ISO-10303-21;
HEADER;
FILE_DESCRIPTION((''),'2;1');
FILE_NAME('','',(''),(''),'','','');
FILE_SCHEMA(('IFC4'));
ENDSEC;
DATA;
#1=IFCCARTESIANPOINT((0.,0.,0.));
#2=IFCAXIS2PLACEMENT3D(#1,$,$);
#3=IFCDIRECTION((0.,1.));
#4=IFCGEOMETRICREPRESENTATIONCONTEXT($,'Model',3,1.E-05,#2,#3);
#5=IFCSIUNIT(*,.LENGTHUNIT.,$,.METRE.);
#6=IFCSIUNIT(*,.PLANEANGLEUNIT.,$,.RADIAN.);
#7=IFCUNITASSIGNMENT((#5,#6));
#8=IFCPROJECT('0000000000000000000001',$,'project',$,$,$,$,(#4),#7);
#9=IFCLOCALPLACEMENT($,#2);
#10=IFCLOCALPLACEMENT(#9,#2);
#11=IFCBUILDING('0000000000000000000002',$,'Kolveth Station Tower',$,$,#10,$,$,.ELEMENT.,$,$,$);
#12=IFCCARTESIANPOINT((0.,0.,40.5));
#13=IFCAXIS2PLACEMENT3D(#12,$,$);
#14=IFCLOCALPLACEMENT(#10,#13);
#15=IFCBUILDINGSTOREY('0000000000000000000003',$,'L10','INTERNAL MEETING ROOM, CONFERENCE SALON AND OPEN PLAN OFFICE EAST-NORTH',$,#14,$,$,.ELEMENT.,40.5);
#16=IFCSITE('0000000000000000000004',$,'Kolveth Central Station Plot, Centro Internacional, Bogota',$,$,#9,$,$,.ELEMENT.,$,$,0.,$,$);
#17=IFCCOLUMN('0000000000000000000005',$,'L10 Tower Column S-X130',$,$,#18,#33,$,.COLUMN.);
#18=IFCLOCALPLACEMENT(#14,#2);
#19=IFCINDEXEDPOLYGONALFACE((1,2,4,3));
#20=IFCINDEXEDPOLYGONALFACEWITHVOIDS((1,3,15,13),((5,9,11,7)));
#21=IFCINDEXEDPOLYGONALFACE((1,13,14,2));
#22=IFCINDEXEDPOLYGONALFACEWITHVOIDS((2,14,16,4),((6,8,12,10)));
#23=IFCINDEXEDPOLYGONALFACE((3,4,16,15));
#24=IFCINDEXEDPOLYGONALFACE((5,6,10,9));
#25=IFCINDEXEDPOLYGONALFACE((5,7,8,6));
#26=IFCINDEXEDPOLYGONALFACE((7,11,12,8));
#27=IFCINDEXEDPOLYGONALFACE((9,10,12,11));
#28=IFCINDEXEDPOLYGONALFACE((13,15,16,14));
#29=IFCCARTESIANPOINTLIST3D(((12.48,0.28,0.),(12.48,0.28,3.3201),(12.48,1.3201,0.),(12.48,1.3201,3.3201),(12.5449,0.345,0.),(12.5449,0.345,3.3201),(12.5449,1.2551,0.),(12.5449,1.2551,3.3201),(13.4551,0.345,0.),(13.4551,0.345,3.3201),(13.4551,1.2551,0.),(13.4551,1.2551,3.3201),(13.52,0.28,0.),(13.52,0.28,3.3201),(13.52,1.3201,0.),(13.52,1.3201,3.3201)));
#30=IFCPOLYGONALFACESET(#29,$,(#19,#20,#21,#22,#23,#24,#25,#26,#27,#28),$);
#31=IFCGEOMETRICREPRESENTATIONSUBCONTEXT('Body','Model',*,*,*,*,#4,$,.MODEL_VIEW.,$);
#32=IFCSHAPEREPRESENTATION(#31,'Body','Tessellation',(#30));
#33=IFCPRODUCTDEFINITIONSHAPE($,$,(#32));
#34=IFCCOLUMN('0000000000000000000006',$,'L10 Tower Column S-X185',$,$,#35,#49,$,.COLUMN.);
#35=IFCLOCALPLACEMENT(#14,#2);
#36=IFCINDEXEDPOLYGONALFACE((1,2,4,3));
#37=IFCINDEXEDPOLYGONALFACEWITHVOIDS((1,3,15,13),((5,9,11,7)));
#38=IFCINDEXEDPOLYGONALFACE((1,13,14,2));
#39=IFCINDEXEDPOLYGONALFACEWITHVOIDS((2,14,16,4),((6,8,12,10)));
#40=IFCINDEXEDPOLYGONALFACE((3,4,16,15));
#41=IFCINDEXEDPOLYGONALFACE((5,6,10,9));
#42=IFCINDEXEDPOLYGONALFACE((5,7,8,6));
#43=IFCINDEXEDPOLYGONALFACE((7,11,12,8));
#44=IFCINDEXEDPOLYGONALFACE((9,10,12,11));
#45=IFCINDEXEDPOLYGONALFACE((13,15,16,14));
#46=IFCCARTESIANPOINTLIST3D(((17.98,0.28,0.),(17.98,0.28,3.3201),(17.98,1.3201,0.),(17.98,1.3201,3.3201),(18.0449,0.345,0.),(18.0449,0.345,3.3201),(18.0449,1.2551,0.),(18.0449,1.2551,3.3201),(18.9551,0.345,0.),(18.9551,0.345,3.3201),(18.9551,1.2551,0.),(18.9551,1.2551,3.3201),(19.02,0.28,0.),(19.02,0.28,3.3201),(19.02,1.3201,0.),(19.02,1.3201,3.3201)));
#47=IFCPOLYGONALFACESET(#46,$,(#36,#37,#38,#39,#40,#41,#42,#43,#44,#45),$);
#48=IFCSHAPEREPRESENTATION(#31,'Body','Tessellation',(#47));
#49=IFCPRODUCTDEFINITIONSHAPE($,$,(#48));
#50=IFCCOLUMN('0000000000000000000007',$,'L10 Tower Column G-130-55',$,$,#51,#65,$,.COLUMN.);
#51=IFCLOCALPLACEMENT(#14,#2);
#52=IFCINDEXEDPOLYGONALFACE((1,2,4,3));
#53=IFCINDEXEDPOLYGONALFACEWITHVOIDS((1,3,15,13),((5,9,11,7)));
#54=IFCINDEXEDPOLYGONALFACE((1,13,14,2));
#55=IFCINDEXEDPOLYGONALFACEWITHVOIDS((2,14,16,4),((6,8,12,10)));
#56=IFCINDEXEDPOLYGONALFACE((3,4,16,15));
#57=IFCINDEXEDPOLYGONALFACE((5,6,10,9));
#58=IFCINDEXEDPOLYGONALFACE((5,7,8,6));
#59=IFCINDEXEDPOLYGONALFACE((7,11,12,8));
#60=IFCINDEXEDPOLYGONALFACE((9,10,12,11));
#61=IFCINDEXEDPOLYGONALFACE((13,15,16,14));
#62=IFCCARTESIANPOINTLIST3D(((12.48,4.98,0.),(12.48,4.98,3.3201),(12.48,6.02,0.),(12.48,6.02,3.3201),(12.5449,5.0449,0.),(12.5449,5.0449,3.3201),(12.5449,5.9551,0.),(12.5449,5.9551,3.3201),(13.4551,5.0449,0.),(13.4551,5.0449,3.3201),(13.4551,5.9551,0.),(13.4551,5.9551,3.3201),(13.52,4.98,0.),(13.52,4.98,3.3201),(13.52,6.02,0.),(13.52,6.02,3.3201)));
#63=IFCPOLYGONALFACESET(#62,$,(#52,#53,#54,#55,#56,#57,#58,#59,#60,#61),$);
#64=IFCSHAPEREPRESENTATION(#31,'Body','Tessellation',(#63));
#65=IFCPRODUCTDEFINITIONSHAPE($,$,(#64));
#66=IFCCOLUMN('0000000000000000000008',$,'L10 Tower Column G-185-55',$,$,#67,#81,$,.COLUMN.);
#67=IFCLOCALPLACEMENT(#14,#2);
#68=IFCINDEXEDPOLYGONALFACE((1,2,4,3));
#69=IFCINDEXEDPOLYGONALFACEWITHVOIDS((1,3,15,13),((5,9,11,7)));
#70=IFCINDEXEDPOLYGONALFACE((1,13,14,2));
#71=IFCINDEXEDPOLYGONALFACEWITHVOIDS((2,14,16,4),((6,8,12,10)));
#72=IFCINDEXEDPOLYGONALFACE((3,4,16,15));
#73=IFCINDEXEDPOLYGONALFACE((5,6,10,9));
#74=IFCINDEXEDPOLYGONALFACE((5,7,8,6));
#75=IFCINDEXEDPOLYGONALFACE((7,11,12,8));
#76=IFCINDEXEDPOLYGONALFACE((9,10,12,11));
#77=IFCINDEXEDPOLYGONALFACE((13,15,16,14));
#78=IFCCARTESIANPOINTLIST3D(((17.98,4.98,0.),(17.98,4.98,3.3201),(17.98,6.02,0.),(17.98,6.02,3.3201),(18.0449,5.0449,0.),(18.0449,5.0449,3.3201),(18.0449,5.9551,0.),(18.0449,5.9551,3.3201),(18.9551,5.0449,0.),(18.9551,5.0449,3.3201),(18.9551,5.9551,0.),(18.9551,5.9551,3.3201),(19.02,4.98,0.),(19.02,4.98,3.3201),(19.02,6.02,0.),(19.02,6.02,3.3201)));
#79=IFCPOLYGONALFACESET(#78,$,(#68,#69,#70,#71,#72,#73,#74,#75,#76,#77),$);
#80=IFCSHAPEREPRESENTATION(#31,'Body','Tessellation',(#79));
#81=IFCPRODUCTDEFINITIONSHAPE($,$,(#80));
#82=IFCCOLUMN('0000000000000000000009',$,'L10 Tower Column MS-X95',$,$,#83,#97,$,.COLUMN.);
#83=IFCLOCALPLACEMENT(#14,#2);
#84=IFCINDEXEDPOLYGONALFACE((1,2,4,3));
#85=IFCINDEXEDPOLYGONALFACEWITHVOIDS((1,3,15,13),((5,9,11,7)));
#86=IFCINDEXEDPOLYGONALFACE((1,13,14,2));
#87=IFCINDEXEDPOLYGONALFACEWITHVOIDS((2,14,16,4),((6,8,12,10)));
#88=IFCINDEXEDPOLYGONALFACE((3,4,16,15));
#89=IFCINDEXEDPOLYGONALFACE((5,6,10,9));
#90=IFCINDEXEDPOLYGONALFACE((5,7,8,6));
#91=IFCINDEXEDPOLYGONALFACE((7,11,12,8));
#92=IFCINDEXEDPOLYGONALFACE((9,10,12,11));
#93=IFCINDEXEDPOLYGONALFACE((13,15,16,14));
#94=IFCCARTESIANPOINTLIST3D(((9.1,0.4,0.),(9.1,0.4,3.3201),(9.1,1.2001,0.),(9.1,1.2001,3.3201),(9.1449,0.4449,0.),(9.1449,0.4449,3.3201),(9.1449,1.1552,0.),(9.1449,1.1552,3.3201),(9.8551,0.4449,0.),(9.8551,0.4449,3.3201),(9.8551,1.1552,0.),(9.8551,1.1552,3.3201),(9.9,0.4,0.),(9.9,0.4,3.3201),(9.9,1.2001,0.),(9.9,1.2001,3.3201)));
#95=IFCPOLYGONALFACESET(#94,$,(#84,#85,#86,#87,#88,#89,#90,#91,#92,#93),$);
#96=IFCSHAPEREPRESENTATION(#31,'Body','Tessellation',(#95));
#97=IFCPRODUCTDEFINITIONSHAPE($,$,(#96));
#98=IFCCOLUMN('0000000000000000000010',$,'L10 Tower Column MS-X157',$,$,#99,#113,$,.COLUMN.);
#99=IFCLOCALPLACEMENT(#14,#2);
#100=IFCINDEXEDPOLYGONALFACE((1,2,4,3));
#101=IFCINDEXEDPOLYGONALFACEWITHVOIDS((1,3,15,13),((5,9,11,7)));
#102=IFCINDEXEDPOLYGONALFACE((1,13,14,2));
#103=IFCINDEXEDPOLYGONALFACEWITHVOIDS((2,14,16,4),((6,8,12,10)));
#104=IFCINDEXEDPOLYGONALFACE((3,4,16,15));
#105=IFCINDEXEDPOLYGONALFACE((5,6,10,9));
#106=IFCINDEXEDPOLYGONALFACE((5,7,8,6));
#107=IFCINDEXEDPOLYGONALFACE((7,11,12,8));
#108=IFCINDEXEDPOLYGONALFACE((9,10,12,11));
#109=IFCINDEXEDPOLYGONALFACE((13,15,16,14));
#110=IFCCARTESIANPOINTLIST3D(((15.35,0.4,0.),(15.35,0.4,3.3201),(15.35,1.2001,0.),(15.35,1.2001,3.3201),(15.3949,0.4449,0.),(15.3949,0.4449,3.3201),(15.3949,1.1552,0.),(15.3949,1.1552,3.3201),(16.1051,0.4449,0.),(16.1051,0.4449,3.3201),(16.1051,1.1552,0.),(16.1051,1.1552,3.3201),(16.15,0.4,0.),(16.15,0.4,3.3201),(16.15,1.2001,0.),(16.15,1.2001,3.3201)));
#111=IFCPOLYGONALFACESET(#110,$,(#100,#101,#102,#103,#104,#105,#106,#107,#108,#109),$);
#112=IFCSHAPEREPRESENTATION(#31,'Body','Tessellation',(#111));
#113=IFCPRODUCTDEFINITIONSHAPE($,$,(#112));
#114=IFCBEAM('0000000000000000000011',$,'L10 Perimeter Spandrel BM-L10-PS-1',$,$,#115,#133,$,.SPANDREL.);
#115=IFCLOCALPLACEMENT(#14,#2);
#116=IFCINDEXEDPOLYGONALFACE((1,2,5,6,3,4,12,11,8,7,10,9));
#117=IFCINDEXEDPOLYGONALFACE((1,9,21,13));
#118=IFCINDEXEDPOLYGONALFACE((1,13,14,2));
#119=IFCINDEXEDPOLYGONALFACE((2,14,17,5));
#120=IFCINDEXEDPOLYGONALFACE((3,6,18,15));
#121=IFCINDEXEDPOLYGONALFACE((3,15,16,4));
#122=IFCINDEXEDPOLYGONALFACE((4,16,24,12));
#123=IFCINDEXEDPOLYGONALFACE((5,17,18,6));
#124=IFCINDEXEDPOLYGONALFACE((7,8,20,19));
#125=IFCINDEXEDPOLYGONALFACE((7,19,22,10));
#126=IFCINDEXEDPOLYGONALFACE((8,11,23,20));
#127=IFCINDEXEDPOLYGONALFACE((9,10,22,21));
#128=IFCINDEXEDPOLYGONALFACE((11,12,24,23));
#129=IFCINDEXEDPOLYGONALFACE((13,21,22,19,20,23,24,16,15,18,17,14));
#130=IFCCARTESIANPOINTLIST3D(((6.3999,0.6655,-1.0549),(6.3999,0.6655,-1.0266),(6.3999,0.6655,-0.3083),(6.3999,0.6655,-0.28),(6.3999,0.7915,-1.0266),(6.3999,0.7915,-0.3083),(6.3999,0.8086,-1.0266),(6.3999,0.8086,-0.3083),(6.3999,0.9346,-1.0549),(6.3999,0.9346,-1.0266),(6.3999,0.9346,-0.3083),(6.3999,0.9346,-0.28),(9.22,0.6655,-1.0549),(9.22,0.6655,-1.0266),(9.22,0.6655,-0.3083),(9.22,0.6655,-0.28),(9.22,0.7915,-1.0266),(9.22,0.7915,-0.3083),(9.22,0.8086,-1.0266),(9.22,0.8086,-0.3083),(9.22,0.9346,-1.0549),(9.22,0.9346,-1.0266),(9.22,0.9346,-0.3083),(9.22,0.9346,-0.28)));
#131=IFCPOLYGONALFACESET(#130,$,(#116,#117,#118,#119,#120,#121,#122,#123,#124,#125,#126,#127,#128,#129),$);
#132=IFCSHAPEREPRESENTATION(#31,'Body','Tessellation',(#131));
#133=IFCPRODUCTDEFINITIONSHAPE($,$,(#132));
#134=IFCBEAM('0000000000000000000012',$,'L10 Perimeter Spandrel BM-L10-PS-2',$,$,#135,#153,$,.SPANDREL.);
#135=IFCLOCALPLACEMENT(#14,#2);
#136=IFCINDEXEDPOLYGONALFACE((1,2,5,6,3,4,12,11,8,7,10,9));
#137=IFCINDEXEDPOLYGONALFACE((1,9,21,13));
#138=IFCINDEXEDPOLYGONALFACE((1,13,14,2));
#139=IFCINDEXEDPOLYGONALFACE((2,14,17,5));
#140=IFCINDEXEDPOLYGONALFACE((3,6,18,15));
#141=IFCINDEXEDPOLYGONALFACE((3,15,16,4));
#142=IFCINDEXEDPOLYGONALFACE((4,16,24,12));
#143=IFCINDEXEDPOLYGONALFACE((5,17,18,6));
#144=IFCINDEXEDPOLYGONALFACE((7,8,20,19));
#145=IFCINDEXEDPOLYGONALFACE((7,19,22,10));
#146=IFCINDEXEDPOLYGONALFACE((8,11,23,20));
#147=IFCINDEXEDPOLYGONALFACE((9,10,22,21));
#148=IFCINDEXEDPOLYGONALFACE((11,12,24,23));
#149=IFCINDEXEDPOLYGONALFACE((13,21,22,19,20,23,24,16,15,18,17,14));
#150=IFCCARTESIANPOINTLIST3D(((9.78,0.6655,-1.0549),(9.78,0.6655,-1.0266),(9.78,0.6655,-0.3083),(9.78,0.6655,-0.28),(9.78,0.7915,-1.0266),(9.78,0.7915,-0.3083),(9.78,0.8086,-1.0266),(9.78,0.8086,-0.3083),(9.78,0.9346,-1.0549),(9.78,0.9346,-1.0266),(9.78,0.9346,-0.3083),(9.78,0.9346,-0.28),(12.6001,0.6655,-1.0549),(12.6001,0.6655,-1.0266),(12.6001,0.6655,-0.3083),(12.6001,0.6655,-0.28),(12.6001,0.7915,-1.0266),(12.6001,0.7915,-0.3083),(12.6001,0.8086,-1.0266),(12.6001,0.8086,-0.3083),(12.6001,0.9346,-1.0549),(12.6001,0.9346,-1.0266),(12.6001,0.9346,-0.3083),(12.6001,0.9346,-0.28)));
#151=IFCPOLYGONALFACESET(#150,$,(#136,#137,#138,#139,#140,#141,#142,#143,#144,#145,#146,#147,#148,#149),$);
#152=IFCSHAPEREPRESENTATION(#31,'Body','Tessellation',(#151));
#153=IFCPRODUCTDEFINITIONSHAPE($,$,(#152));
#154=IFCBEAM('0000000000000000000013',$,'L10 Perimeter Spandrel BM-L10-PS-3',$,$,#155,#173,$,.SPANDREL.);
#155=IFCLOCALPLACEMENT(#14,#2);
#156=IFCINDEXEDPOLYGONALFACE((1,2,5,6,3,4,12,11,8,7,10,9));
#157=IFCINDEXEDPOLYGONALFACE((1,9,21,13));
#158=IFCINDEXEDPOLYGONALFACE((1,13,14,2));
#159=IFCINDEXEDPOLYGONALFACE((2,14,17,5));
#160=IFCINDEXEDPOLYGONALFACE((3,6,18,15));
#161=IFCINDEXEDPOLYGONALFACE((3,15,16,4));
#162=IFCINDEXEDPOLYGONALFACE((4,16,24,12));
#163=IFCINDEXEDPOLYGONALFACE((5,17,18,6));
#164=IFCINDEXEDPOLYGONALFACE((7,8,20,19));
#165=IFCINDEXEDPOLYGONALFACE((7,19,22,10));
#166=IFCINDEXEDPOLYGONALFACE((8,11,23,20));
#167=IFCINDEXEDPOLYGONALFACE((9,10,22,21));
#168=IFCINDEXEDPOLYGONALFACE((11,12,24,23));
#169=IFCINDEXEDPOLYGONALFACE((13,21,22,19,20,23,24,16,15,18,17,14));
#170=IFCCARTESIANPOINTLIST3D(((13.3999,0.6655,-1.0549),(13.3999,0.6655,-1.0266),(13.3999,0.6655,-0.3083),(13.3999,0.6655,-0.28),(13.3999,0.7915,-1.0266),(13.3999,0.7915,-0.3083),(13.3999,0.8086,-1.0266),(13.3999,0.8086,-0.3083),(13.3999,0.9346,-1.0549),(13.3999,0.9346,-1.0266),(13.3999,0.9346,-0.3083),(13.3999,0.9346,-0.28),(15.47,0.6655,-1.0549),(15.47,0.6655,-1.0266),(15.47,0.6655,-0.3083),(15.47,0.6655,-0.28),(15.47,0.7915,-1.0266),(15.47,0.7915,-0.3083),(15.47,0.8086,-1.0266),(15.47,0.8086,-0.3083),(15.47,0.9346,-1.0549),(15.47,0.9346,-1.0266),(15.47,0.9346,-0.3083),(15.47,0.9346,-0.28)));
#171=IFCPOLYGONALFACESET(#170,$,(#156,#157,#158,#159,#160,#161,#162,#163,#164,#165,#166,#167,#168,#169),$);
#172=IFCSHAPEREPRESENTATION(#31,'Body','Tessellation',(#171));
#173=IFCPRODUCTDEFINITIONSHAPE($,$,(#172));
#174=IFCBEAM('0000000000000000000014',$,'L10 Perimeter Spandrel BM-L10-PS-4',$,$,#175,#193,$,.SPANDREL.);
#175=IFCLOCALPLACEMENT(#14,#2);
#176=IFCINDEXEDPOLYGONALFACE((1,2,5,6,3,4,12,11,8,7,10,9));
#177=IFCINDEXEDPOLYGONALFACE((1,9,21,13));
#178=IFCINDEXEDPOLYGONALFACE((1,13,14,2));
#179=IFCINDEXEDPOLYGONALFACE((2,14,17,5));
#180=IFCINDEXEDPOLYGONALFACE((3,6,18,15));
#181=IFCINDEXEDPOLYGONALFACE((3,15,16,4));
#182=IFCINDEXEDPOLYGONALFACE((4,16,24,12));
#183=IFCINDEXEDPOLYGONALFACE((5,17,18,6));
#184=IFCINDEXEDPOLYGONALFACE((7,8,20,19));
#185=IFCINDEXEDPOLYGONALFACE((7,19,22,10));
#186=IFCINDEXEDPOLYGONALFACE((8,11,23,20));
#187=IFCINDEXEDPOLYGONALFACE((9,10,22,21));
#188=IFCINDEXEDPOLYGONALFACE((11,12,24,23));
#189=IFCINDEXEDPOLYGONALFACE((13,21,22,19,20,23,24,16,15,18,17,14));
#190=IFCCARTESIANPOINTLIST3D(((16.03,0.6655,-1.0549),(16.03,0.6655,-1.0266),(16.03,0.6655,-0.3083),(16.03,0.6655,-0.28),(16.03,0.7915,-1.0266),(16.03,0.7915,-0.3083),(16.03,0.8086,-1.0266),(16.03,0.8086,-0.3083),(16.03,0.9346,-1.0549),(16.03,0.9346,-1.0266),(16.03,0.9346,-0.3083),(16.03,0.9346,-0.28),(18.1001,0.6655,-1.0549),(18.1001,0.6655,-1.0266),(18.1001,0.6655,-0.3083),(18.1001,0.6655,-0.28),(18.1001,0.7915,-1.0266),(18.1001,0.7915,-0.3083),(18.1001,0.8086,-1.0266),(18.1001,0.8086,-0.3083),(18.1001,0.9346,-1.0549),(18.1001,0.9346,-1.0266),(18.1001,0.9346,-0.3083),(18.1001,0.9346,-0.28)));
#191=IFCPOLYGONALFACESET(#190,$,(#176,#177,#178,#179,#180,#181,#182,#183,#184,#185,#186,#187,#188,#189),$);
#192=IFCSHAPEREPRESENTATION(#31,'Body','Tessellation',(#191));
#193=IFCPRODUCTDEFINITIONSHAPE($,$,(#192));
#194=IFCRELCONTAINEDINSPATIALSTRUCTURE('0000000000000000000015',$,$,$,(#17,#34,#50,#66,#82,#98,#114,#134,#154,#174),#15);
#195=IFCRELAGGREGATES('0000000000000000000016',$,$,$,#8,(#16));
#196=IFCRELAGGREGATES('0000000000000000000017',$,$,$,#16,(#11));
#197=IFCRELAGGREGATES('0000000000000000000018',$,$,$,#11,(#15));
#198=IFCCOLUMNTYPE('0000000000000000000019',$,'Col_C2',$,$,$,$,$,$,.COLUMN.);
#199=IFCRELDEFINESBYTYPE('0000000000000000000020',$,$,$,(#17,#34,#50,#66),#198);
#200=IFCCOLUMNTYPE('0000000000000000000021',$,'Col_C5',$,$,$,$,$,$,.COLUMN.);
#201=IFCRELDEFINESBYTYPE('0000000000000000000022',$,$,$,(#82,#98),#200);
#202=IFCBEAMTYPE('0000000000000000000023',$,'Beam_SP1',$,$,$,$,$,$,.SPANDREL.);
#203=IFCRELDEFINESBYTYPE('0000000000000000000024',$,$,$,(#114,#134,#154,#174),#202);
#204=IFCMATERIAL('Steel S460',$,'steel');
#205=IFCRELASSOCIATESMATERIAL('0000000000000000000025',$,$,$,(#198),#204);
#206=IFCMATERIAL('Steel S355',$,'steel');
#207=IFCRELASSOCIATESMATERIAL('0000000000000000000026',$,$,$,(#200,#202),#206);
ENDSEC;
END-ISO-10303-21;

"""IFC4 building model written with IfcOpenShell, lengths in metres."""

from ifc_helpers import new_model, si_unit, direction, frame, origin, origin_2d, place, context, subcontext, project, spatial, hollow_rectangle, i_section, extrude, source, transform, mapped, material, material_profile, profile_set, type_object, element, save


model = new_model("IFC4")

# Units and contexts
model_context = context("Model", 3, precision=1e-05, world=origin(), true_north=direction((0.0, 1.0)))
body_context = subcontext(model_context, "Body", "Model", "MODEL_VIEW")
ifc_project = project(units=[si_unit("LENGTHUNIT", "METRE"), si_unit("PLANEANGLEUNIT", "RADIAN")], contexts=[model_context])

# Site, building, storey
site_placement = place(None, origin())
site = spatial("IfcSite", under=ifc_project, at=site_placement, Name="Kolveth Central Station Plot, Centro Internacional, Bogota", CompositionType="ELEMENT", RefElevation=0.0)
building_placement = place(site_placement, origin())
building = spatial("IfcBuilding", under=site, at=building_placement, Name="Kolveth Station Tower", CompositionType="ELEMENT")
storey_placement = place(building_placement, frame((0.0, 0.0, 40.5)))
storey = spatial("IfcBuildingStorey", under=building, at=storey_placement, Name="L10", Description="INTERNAL MEETING ROOM, CONFERENCE SALON AND OPEN PLAN OFFICE EAST-NORTH", CompositionType="ELEMENT", Elevation=40.5)

# Columns
ifc_material_1 = material(Name="Steel S460", Category="steel")
ifc_material_profile_1 = material_profile(ifc_material_1, hollow_rectangle(XDim=1.04, YDim=1.04, WallThickness=0.0649, at=origin_2d()), Name="BOX1040x1040x65")
ifc_profile_set_1 = profile_set([ifc_material_profile_1], Name="Steel S460")
column_type_1 = type_object("IfcColumnType", Name="Col_C2", PredefinedType="COLUMN", material=ifc_profile_set_1)
shared_shape_1 = source(origin(), body_context, "Body", "SweptSolid", [
    extrude(hollow_rectangle(XDim=1.04, YDim=1.04, WallThickness=0.0649, at=origin_2d()), origin(), (0.0, 0.0, 1.0), 3.3201),
])
for number, where, z_axis, x_axis, name in (
    (1, (13.0, 0.8, 0.0), (0.0, 0.0, 1.0), (1.0, 0.0, 0.0), "L10 Tower Column S-X130"),
    (2, (18.5, 0.8, 0.0), (0.0, 0.0, 1.0), (1.0, 0.0, 0.0), "L10 Tower Column S-X185"),
    (3, (13.0, 5.5, 0.0), (0.0, 0.0, 1.0), (1.0, 0.0, 0.0), "L10 Tower Column G-130-55"),
    (4, (18.5, 5.5, 0.0), (0.0, 0.0, 1.0), (1.0, 0.0, 0.0), "L10 Tower Column G-185-55"),
):
    element("IfcColumn", number, at=place(storey_placement, frame(where, z_axis=z_axis, x_axis=x_axis)), inside=storey, type_object=column_type_1, Name=name, PredefinedType="COLUMN", context=body_context, shape_type="MappedRepresentation", body=[
        mapped(shared_shape_1, transform((0.0, 0.0, 0.0), x_axis=(1.0, 0.0, 0.0), y_axis=(0.0, 1.0, 0.0), z_axis=(0.0, 0.0, 1.0), scale=1.0)),
    ])
ifc_material_2 = material(Name="Steel S355", Category="steel")
ifc_material_profile_2 = material_profile(ifc_material_2, hollow_rectangle(XDim=0.8, YDim=0.8, WallThickness=0.0449, at=origin_2d()), Name="BOX800x800x45")
ifc_profile_set_2 = profile_set([ifc_material_profile_2], Name="Steel S355")
column_type_2 = type_object("IfcColumnType", Name="Col_C5", PredefinedType="COLUMN", material=ifc_profile_set_2)
shared_shape_2 = source(origin(), body_context, "Body", "SweptSolid", [
    extrude(hollow_rectangle(XDim=0.8, YDim=0.8, WallThickness=0.0449, at=origin_2d()), origin(), (0.0, 0.0, 1.0), 3.3201),
])
for number, where, z_axis, x_axis, name in (
    (5, (9.5, 0.8, 0.0), (0.0, 0.0, 1.0), (1.0, 0.0, 0.0), "L10 Tower Column MS-X95"),
    (6, (15.75, 0.8, 0.0), (0.0, 0.0, 1.0), (1.0, 0.0, 0.0), "L10 Tower Column MS-X157"),
):
    element("IfcColumn", number, at=place(storey_placement, frame(where, z_axis=z_axis, x_axis=x_axis)), inside=storey, type_object=column_type_2, Name=name, PredefinedType="COLUMN", context=body_context, shape_type="MappedRepresentation", body=[
        mapped(shared_shape_2, transform((0.0, 0.0, 0.0), x_axis=(1.0, 0.0, 0.0), y_axis=(0.0, 1.0, 0.0), z_axis=(0.0, 0.0, 1.0), scale=1.0)),
    ])

# Beams
ifc_material_profile_3 = material_profile(ifc_material_2, i_section(OverallWidth=0.269, OverallDepth=0.7749, WebThickness=0.0171, FlangeThickness=0.0283, at=origin_2d()), Name="W760x220")
ifc_profile_set_3 = profile_set([ifc_material_profile_3], Name="Steel S355")
beam_type_1 = type_object("IfcBeamType", Name="Beam_SP1", PredefinedType="SPANDREL", material=ifc_profile_set_3)
shared_shape_3 = source(origin(), body_context, "Body", "SweptSolid", [
    extrude(i_section(OverallWidth=0.269, OverallDepth=0.7749, WebThickness=0.0171, FlangeThickness=0.0283, at=origin_2d()), origin(), (0.0, 0.0, 1.0), 2.8201),
])
for number, where, z_axis, x_axis, name in (
    (7, (6.3999, 0.8, -0.6675), (1.0, 0.0, 0.0), (0.0, 1.0, 0.0), "L10 Perimeter Spandrel BM-L10-PS-1"),
    (8, (9.78, 0.8, -0.6675), (1.0, 0.0, 0.0), (0.0, 1.0, 0.0), "L10 Perimeter Spandrel BM-L10-PS-2"),
):
    element("IfcBeam", number, at=place(storey_placement, frame(where, z_axis=z_axis, x_axis=x_axis)), inside=storey, type_object=beam_type_1, Name=name, PredefinedType="SPANDREL", context=body_context, shape_type="MappedRepresentation", body=[
        mapped(shared_shape_3, transform((0.0, 0.0, 0.0), x_axis=(1.0, 0.0, 0.0), y_axis=(0.0, 1.0, 0.0), z_axis=(0.0, 0.0, 1.0), scale=1.0)),
    ])
shared_shape_4 = source(origin(), body_context, "Body", "SweptSolid", [
    extrude(i_section(OverallWidth=0.269, OverallDepth=0.7749, WebThickness=0.0171, FlangeThickness=0.0283, at=origin_2d()), origin(), (0.0, 0.0, 1.0), 2.0701),
])
for number, where, z_axis, x_axis, name in (
    (9, (13.3999, 0.8, -0.6675), (1.0, 0.0, 0.0), (0.0, 1.0, 0.0), "L10 Perimeter Spandrel BM-L10-PS-3"),
    (10, (16.03, 0.8, -0.6675), (1.0, 0.0, 0.0), (0.0, 1.0, 0.0), "L10 Perimeter Spandrel BM-L10-PS-4"),
):
    element("IfcBeam", number, at=place(storey_placement, frame(where, z_axis=z_axis, x_axis=x_axis)), inside=storey, type_object=beam_type_1, Name=name, PredefinedType="SPANDREL", context=body_context, shape_type="MappedRepresentation", body=[
        mapped(shared_shape_4, transform((0.0, 0.0, 0.0), x_axis=(1.0, 0.0, 0.0), y_axis=(0.0, 1.0, 0.0), z_axis=(0.0, 0.0, 1.0), scale=1.0)),
    ])

save(model, "model.ifc")
